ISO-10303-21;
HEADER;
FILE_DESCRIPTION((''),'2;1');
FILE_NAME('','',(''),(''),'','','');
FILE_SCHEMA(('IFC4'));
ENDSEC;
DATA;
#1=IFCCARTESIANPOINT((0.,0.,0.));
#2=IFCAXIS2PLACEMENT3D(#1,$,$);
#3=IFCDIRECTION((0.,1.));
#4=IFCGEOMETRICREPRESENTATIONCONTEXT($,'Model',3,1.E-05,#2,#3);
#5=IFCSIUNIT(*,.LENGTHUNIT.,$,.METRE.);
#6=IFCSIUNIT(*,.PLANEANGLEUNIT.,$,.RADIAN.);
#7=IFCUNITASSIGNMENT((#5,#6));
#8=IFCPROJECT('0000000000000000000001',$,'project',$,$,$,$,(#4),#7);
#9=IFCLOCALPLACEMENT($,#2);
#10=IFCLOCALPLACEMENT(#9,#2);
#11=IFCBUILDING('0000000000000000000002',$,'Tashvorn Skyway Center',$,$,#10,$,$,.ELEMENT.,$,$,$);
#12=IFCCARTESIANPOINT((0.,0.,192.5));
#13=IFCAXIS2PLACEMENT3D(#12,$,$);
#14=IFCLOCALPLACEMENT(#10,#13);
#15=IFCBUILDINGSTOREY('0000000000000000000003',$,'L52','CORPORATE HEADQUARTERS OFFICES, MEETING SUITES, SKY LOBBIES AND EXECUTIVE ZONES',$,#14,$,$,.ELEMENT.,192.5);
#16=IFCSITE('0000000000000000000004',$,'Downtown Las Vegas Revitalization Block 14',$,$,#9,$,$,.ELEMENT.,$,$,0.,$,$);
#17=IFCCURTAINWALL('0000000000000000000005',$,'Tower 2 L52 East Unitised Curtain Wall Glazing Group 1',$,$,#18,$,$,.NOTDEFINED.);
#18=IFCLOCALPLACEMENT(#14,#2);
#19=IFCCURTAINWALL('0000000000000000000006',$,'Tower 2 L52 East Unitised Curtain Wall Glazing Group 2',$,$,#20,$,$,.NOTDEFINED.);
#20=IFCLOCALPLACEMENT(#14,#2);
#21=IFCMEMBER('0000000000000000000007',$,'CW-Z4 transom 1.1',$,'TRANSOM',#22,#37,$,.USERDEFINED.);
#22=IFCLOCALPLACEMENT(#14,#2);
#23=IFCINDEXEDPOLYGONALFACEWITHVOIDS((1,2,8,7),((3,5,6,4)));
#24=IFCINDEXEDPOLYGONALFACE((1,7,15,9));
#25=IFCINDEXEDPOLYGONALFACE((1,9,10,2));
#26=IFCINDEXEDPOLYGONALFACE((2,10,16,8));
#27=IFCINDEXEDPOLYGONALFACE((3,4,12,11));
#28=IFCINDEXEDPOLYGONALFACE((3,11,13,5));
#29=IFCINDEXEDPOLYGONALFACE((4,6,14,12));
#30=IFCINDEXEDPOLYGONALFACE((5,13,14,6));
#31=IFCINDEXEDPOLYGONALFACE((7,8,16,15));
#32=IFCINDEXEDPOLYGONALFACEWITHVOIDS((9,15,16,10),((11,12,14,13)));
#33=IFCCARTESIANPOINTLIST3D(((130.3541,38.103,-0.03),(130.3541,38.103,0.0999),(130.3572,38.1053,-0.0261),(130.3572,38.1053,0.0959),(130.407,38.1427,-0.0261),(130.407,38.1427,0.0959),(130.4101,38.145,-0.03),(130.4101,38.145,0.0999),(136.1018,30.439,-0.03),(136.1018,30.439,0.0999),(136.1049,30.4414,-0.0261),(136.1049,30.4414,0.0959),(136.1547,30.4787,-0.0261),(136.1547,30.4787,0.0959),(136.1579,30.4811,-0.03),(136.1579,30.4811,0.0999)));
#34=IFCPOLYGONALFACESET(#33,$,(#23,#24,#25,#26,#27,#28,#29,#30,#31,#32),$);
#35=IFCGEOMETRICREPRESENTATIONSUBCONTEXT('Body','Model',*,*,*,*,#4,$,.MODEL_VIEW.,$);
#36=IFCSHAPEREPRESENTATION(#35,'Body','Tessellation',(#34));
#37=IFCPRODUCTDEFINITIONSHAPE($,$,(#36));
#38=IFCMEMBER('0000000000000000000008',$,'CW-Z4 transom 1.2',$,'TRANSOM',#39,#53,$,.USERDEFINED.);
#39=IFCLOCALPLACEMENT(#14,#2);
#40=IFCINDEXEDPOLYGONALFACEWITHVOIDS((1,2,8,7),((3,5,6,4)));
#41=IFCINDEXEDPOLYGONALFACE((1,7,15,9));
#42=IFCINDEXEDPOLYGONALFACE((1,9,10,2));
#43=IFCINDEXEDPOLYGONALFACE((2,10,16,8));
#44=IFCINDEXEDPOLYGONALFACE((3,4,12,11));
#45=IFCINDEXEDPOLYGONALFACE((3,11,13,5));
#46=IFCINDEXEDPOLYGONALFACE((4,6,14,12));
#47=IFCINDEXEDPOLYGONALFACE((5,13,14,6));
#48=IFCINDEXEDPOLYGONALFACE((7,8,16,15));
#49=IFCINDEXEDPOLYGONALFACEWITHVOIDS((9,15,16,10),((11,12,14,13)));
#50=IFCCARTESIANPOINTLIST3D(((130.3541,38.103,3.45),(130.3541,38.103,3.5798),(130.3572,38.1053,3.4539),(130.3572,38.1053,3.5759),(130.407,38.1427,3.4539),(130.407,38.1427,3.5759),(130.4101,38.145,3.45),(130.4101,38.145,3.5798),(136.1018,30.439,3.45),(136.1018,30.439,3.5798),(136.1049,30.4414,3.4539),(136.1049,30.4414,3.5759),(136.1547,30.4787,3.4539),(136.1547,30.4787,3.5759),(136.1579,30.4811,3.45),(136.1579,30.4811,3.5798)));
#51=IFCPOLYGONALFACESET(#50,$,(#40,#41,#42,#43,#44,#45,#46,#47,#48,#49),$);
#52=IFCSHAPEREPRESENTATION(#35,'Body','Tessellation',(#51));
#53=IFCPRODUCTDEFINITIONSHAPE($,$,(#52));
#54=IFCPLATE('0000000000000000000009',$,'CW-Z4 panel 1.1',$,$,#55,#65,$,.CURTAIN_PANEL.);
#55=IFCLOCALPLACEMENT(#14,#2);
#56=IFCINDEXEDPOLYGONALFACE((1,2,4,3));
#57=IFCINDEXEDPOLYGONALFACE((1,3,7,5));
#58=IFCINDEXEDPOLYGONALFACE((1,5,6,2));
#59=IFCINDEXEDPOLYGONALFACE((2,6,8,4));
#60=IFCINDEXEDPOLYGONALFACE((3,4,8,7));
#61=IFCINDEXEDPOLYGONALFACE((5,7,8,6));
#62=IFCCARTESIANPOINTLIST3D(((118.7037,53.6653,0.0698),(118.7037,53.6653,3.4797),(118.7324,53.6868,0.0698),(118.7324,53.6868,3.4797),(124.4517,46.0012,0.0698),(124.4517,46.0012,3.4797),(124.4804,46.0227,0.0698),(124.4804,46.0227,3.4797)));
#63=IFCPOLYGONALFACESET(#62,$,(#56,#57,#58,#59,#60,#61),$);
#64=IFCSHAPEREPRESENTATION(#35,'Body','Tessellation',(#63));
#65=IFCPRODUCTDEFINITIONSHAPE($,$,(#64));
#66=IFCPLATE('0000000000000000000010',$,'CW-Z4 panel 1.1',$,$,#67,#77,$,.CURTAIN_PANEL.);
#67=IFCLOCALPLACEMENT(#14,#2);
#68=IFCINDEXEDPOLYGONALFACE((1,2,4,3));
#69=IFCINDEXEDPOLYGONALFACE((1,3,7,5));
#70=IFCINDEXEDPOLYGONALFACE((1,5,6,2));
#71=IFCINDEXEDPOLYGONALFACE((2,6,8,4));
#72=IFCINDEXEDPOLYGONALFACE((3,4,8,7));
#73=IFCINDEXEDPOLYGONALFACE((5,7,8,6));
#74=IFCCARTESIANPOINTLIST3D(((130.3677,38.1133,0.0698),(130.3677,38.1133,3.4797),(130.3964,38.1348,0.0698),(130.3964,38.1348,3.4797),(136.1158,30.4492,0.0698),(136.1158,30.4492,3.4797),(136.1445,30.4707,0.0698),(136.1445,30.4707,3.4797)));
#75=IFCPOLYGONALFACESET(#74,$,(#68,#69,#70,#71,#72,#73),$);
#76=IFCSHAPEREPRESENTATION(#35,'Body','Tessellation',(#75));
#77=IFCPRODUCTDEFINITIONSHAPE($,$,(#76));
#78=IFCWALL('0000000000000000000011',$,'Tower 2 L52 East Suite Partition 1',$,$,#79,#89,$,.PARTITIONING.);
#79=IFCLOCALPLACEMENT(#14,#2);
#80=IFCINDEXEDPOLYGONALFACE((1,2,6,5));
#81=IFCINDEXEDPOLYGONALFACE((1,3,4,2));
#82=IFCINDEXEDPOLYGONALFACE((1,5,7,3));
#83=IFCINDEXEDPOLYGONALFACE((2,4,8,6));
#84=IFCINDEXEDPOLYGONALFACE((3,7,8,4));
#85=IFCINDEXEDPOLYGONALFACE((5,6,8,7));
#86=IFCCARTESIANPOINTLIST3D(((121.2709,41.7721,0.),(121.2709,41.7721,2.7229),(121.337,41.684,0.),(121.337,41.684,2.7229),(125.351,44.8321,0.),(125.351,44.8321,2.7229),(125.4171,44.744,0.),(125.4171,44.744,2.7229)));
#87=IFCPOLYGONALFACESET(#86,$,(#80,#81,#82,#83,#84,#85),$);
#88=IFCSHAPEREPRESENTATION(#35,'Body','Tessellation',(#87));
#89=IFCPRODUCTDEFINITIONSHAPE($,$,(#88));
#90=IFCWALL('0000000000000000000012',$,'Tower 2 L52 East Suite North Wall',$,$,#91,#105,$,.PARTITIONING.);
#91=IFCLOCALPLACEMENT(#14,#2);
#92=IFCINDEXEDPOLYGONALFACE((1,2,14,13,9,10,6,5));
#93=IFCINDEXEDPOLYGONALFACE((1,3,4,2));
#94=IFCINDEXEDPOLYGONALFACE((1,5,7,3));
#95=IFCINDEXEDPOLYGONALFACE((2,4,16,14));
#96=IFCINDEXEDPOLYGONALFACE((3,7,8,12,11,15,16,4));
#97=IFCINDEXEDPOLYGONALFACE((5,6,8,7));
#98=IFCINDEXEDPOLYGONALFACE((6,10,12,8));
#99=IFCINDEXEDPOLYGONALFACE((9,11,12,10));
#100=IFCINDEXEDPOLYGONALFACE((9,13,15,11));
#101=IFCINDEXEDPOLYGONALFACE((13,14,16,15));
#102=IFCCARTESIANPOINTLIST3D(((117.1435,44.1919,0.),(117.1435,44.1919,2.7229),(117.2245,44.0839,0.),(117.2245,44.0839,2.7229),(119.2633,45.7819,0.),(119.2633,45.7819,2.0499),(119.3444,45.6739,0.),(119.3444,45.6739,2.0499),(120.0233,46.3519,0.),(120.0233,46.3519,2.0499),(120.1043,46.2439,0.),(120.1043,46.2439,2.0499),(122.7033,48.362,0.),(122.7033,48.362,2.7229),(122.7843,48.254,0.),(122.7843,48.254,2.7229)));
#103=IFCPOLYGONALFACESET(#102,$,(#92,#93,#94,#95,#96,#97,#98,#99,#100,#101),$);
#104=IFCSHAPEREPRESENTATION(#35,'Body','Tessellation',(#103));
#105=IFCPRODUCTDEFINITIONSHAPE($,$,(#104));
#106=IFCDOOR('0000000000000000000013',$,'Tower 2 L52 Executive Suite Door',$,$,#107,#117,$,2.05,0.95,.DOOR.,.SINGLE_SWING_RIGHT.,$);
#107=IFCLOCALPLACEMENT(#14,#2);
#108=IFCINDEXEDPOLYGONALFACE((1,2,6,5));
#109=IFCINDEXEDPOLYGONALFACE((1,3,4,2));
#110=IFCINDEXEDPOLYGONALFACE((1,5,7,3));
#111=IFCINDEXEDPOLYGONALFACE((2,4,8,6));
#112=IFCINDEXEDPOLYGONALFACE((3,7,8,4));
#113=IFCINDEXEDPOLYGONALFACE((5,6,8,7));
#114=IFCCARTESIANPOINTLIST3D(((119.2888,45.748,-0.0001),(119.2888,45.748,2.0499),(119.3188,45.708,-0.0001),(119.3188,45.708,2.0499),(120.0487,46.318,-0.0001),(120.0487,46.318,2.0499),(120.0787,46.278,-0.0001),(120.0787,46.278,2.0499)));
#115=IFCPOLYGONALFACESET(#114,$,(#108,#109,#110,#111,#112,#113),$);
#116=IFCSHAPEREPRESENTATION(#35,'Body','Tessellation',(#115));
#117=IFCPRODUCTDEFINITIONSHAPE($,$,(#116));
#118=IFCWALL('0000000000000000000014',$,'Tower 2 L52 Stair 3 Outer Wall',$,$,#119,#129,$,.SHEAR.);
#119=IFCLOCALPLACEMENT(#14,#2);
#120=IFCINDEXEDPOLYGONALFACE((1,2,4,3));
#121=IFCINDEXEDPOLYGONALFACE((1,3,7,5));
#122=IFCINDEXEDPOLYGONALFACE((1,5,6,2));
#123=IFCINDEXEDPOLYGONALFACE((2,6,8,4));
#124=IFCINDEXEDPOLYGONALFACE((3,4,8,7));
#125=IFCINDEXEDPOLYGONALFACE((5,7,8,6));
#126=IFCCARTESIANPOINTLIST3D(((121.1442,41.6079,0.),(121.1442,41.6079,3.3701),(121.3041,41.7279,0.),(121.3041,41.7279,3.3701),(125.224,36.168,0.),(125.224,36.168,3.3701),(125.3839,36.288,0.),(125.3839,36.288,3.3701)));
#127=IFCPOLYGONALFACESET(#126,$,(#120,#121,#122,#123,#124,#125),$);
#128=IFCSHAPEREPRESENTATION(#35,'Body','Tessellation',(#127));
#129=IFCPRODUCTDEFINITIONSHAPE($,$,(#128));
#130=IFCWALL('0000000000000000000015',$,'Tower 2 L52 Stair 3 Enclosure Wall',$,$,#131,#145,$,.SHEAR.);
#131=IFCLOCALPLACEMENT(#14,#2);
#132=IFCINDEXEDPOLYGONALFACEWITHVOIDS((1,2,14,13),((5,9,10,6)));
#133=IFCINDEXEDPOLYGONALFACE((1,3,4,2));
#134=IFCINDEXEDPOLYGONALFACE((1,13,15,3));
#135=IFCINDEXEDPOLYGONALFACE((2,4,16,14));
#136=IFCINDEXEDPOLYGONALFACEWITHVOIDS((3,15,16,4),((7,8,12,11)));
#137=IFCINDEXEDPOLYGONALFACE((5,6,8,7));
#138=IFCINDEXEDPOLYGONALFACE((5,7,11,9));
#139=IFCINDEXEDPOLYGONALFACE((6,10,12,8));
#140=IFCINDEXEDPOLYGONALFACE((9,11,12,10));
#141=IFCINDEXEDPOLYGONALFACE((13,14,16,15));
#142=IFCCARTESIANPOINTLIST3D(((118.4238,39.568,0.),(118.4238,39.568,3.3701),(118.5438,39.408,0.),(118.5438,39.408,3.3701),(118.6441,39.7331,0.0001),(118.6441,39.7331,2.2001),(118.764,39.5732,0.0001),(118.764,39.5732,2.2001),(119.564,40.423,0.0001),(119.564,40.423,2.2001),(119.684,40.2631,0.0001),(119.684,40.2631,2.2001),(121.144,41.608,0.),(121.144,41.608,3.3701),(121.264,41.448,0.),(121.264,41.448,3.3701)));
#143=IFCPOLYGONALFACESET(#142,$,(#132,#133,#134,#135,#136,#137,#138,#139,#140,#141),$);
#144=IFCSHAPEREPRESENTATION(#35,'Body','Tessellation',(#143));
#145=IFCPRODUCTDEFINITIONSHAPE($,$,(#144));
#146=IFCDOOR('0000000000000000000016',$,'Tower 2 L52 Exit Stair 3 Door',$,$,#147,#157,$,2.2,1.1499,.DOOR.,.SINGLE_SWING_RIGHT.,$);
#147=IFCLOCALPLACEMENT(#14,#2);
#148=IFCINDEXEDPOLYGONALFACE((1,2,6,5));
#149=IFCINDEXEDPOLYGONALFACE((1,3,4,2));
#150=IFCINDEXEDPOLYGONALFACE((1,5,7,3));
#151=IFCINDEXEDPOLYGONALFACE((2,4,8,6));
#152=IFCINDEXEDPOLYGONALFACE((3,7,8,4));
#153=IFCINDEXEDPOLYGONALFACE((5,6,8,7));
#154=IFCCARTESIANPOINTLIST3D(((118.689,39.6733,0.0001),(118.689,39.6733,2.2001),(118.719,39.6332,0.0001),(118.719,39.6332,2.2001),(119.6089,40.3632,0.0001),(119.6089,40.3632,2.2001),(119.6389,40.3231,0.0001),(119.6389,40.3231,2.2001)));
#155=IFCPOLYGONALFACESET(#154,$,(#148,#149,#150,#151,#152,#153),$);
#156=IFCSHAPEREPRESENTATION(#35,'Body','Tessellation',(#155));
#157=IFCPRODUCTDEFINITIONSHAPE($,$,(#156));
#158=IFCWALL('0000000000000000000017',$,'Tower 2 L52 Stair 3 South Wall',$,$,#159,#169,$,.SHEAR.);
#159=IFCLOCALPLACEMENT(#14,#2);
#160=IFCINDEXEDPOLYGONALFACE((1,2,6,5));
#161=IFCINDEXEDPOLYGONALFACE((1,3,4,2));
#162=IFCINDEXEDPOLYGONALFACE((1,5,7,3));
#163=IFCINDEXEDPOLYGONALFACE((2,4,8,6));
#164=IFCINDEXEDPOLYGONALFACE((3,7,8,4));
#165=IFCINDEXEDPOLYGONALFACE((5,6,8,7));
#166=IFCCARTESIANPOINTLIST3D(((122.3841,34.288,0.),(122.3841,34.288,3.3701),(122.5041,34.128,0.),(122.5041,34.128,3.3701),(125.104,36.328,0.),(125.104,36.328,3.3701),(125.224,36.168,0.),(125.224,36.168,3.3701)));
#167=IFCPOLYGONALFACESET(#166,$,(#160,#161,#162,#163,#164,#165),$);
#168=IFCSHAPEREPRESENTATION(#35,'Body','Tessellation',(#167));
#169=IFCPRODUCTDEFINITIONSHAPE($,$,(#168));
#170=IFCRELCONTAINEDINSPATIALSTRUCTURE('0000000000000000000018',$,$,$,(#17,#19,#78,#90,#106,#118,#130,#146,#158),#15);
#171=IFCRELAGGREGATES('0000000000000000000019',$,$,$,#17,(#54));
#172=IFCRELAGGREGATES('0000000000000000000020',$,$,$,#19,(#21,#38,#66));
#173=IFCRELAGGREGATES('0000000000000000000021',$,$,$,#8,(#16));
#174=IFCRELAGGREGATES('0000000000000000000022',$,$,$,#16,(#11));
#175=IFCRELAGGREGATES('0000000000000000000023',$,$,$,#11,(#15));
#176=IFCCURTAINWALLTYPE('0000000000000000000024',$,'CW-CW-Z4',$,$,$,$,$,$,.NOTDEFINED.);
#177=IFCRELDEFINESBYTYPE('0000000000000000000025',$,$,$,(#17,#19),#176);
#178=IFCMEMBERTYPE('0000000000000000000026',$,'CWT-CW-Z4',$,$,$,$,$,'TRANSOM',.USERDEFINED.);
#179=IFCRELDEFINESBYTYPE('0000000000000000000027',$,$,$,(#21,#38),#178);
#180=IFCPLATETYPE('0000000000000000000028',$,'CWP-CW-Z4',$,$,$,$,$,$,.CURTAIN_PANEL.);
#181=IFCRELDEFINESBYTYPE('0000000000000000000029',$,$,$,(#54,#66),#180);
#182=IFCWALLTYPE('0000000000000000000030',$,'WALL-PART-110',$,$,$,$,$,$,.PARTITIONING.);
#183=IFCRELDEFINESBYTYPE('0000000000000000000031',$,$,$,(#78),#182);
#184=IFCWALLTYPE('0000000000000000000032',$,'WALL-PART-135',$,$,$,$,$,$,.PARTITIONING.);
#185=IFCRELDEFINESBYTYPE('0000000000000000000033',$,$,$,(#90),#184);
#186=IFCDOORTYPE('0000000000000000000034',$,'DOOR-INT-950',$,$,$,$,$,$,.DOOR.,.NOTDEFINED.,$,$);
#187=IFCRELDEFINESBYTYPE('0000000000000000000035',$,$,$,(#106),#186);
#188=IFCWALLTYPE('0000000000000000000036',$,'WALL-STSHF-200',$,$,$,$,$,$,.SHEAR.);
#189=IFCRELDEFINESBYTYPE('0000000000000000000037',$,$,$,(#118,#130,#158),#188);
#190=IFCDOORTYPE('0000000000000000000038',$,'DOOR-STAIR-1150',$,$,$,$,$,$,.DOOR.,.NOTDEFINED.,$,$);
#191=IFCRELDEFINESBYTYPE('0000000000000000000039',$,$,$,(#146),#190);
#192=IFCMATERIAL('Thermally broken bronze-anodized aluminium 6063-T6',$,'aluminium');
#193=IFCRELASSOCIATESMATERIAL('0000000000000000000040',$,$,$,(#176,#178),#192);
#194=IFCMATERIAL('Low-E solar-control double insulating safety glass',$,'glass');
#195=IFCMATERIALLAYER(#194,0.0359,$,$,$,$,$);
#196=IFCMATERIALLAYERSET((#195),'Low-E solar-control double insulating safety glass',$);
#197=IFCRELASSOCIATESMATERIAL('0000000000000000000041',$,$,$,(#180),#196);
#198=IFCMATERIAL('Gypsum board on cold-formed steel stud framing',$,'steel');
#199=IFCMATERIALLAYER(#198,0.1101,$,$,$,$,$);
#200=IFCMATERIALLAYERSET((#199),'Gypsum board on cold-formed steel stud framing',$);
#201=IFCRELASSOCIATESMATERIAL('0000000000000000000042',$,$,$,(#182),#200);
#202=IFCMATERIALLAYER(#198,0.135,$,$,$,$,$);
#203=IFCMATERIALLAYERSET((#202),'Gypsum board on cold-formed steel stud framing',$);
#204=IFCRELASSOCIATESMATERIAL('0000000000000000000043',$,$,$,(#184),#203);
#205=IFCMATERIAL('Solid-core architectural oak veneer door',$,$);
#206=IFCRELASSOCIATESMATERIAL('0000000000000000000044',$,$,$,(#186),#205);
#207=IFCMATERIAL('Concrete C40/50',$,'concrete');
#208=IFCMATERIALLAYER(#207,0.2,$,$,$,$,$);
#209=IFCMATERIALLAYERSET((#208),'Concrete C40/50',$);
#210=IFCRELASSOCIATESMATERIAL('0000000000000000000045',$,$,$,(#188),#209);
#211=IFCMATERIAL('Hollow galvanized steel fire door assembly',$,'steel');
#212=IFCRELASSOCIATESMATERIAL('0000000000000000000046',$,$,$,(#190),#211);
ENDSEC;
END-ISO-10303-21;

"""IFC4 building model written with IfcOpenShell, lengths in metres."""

from ifc_helpers import new_model, si_unit, direction, frame, frame_2d, origin, origin_2d, place, context, subcontext, project, spatial, rectangle, hollow_rectangle, extrude, material, layer, layer_set, material_profile, profile_set, type_object, element, fill, aggregate, save


model = new_model("IFC4")

# Units and contexts
model_context = context("Model", 3, precision=1e-05, world=origin(), true_north=direction((0.0, 1.0)))
body_context = subcontext(model_context, "Body", "Model", "MODEL_VIEW")
ifc_project = project(units=[si_unit("LENGTHUNIT", "METRE"), si_unit("PLANEANGLEUNIT", "RADIAN")], contexts=[model_context])

# Site, building, storey
site_placement = place(None, origin())
site = spatial("IfcSite", under=ifc_project, at=site_placement, Name="Downtown Las Vegas Revitalization Block 14", CompositionType="ELEMENT", RefElevation=0.0)
building_placement = place(site_placement, origin())
building = spatial("IfcBuilding", under=site, at=building_placement, Name="Tashvorn Skyway Center", CompositionType="ELEMENT")
storey_placement = place(building_placement, frame((0.0, 0.0, 192.5)))
storey = spatial("IfcBuildingStorey", under=building, at=storey_placement, Name="L52", Description="CORPORATE HEADQUARTERS OFFICES, MEETING SUITES, SKY LOBBIES AND EXECUTIVE ZONES", CompositionType="ELEMENT", Elevation=192.5)

# Curtain wall
ifc_material_1 = material(Name="Thermally broken bronze-anodized aluminium 6063-T6", Category="aluminium")
curtain_wall_type = type_object("IfcCurtainWallType", Name="CW-CW-Z4", PredefinedType="NOTDEFINED", material=ifc_material_1)
curtain_wall_1_placement = place(storey_placement, origin())
curtain_wall_1 = element("IfcCurtainWall", 1, at=curtain_wall_1_placement, inside=storey, type_object=curtain_wall_type, Name="Tower 2 L52 East Unitised Curtain Wall Glazing Group 1", PredefinedType="NOTDEFINED")

# Curtain wall, members
curtain_wall_2_placement = place(storey_placement, origin())
curtain_wall_2 = element("IfcCurtainWall", 2, at=curtain_wall_2_placement, inside=storey, type_object=curtain_wall_type, Name="Tower 2 L52 East Unitised Curtain Wall Glazing Group 2", PredefinedType="NOTDEFINED")
ifc_material_profile_1 = material_profile(ifc_material_1, hollow_rectangle(XDim=0.0701, YDim=0.1299, WallThickness=0.0039, at=origin_2d()), Name="ALU-TRAN-70x130")
ifc_profile_set_1 = profile_set([ifc_material_profile_1], Name="Thermally broken bronze-anodized aluminium 6063-T6")
member_type_1 = type_object("IfcMemberType", Name="CWT-CW-Z4", ElementType="TRANSOM", PredefinedType="USERDEFINED", material=ifc_profile_set_1)
member_1_placement = place(storey_placement, frame((130.3821, 38.124, 0.0349), z_axis=(0.599984, -0.800012, 0.0), x_axis=(0.800012, 0.599984, 0.0)))
member_1 = element("IfcMember", 3, at=member_1_placement, type_object=member_type_1, Name="CW-Z4 transom 1.1", ObjectType="TRANSOM", PredefinedType="USERDEFINED", context=body_context, shape_type="SweptSolid", body=[
    extrude(hollow_rectangle(XDim=0.0701, YDim=0.1299, WallThickness=0.0039, at=origin_2d()), origin(), (0.0, 0.0, 1.0), 9.5798),
])
member_2_placement = place(storey_placement, frame((130.3821, 38.124, 3.5149), z_axis=(0.599984, -0.800012, 0.0), x_axis=(0.800012, 0.599984, 0.0)))
member_2 = element("IfcMember", 4, at=member_2_placement, type_object=member_type_1, Name="CW-Z4 transom 1.2", ObjectType="TRANSOM", PredefinedType="USERDEFINED", context=body_context, shape_type="SweptSolid", body=[
    extrude(hollow_rectangle(XDim=0.0701, YDim=0.1299, WallThickness=0.0039, at=origin_2d()), origin(), (0.0, 0.0, 1.0), 9.5798),
])

# Plates
ifc_material_2 = material(Name="Low-E solar-control double insulating safety glass", Category="glass")
ifc_layer_1 = layer(ifc_material_2, 0.0359)
ifc_layer_set_1 = layer_set([ifc_layer_1], Name="Low-E solar-control double insulating safety glass")
plate_type = type_object("IfcPlateType", Name="CWP-CW-Z4", PredefinedType="CURTAIN_PANEL", material=ifc_layer_set_1)
plate_1_placement = place(storey_placement, frame((121.592, 49.844, 0.0698), z_axis=(0.0, 0.0, 1.0), x_axis=(0.6, -0.8, 0.0)))
plate_1 = element("IfcPlate", 5, at=plate_1_placement, type_object=plate_type, Name="CW-Z4 panel 1.1", PredefinedType="CURTAIN_PANEL", context=body_context, shape_type="SweptSolid", body=[
    extrude(rectangle(XDim=9.5801, YDim=0.0359, at=origin_2d()), origin(), (0.0, 0.0, 1.0), 3.4099),
])
aggregate(curtain_wall_1, [plate_1])
plate_2_placement = place(storey_placement, frame((133.2561, 34.292, 0.0698), z_axis=(0.0, 0.0, 1.0), x_axis=(0.6, -0.8, 0.0)))
plate_2 = element("IfcPlate", 6, at=plate_2_placement, type_object=plate_type, Name="CW-Z4 panel 1.1", PredefinedType="CURTAIN_PANEL", context=body_context, shape_type="SweptSolid", body=[
    extrude(rectangle(XDim=9.5801, YDim=0.0359, at=origin_2d()), origin(), (0.0, 0.0, 1.0), 3.4099),
])
aggregate(curtain_wall_2, [member_1, member_2, plate_2])

# Wall
ifc_material_3 = material(Name="Gypsum board on cold-formed steel stud framing", Category="steel")
ifc_layer_2 = layer(ifc_material_3, 0.1101)
ifc_layer_set_2 = layer_set([ifc_layer_2], Name="Gypsum board on cold-formed steel stud framing")
wall_type_1 = type_object("IfcWallType", Name="WALL-PART-110", PredefinedType="PARTITIONING", material=ifc_layer_set_2)
wall_1_placement = place(storey_placement, frame((125.384, 44.7881, 0.0), z_axis=(0.0, 0.0, 1.0), x_axis=(-0.8, -0.6, 0.0)))
element("IfcWall", 7, at=wall_1_placement, inside=storey, type_object=wall_type_1, Name="Tower 2 L52 East Suite Partition 1", PredefinedType="PARTITIONING", context=body_context, shape_type="SweptSolid", body=[
    extrude(rectangle(XDim=5.1001, YDim=0.1101, at=frame_2d((2.55, 0.0))), origin(), (0.0, 0.0, 1.0), 2.7229),
])

# Wall, opening, door
ifc_layer_3 = layer(ifc_material_3, 0.135)
ifc_layer_set_3 = layer_set([ifc_layer_3], Name="Gypsum board on cold-formed steel stud framing")
wall_type_2 = type_object("IfcWallType", Name="WALL-PART-135", PredefinedType="PARTITIONING", material=ifc_layer_set_3)
wall_2_placement = place(storey_placement, frame((122.7439, 48.3081, 0.0), z_axis=(0.0, 0.0, 1.0), x_axis=(-0.799979, -0.600028, 0.0)))
wall_2 = element("IfcWall", 8, at=wall_2_placement, inside=storey, type_object=wall_type_2, Name="Tower 2 L52 East Suite North Wall", PredefinedType="PARTITIONING", context=body_context, shape_type="SweptSolid", body=[
    extrude(rectangle(XDim=6.95, YDim=0.135, at=frame_2d((3.4751, 0.0))), origin(), (0.0, 0.0, 1.0), 2.7229),
])
opening_1_placement = place(wall_2_placement, frame((3.3501, 0.0, 0.0)))
opening_1 = element("IfcOpeningElement", 9, at=opening_1_placement, cuts=wall_2, PredefinedType="OPENING", context=body_context, shape_type="SweptSolid", body=[
    extrude(rectangle(XDim=0.95, YDim=2.05, at=frame_2d((0.4751, 1.0249))), frame((0.0, 0.0774, 0.0), z_axis=(0.0, -1.0, 0.0), x_axis=(1.0, 0.0, 0.0)), (0.0, 0.0, 1.0), 0.155),
])
ifc_material_4 = material(Name="Solid-core architectural oak veneer door")
door_type_1 = type_object("IfcDoorType", Name="DOOR-INT-950", OperationType="NOTDEFINED", PredefinedType="DOOR", material=ifc_material_4)
door_1_placement = place(opening_1_placement, origin())
door_1 = element("IfcDoor", 10, at=door_1_placement, inside=storey, type_object=door_type_1, Name="Tower 2 L52 Executive Suite Door", OperationType="SINGLE_SWING_RIGHT", OverallHeight=2.05, OverallWidth=0.95, PredefinedType="DOOR", context=body_context, shape_type="SweptSolid", body=[
    extrude(rectangle(XDim=0.95, YDim=2.05, at=frame_2d((0.4751, 1.0249))), frame((0.0, 0.0249, 0.0), z_axis=(0.0, -1.0, 0.0), x_axis=(1.0, 0.0, 0.0)), (0.0, 0.0, 1.0), 0.05),
])
fill(opening_1, door_1)

# Wall
ifc_material_5 = material(Name="Concrete C40/50", Category="concrete")
ifc_layer_4 = layer(ifc_material_5, 0.2)
ifc_layer_set_4 = layer_set([ifc_layer_4], Name="Concrete C40/50")
wall_type_3 = type_object("IfcWallType", Name="WALL-STSHF-200", PredefinedType="SHEAR", material=ifc_layer_set_4)
wall_3_placement = place(storey_placement, frame((125.304, 36.228, 0.0), z_axis=(0.0, 0.0, 1.0), x_axis=(-0.599989, 0.800009, 0.0)))
element("IfcWall", 11, at=wall_3_placement, inside=storey, type_object=wall_type_3, Name="Tower 2 L52 Stair 3 Outer Wall", PredefinedType="SHEAR", context=body_context, shape_type="SweptSolid", body=[
    extrude(rectangle(XDim=6.7998, YDim=0.2, at=frame_2d((3.3999, 0.0))), origin(), (0.0, 0.0, 1.0), 3.3701),
])

# Wall, opening, door
wall_4_placement = place(storey_placement, frame((121.2041, 41.5281, 0.0), z_axis=(0.0, 0.0, 1.0), x_axis=(-0.800017, -0.599977, 0.0)))
wall_4 = element("IfcWall", 12, at=wall_4_placement, inside=storey, type_object=wall_type_3, Name="Tower 2 L52 Stair 3 Enclosure Wall", PredefinedType="SHEAR", context=body_context, shape_type="SweptSolid", body=[
    extrude(rectangle(XDim=3.4001, YDim=0.2, at=frame_2d((1.7002, 0.0))), origin(), (0.0, 0.0, 1.0), 3.3701),
])
opening_2_placement = place(wall_4_placement, frame((1.9751, 0.0, 0.0)))
opening_2 = element("IfcOpeningElement", 13, at=opening_2_placement, cuts=wall_4, PredefinedType="OPENING", context=body_context, shape_type="SweptSolid", body=[
    extrude(rectangle(XDim=1.1499, YDim=2.2, at=frame_2d((0.575, 1.1001))), frame((0.0, 0.1099, 0.0), z_axis=(0.0, -1.0, 0.0), x_axis=(1.0, 0.0, 0.0)), (0.0, 0.0, 1.0), 0.22),
])
ifc_material_6 = material(Name="Hollow galvanized steel fire door assembly", Category="steel")
door_type_2 = type_object("IfcDoorType", Name="DOOR-STAIR-1150", OperationType="NOTDEFINED", PredefinedType="DOOR", material=ifc_material_6)
door_2_placement = place(opening_2_placement, origin())
door_2 = element("IfcDoor", 14, at=door_2_placement, inside=storey, type_object=door_type_2, Name="Tower 2 L52 Exit Stair 3 Door", OperationType="SINGLE_SWING_RIGHT", OverallHeight=2.2, OverallWidth=1.1499, PredefinedType="DOOR", context=body_context, shape_type="SweptSolid", body=[
    extrude(rectangle(XDim=1.1499, YDim=2.2, at=frame_2d((0.575, 1.1001))), frame((0.0, 0.0249, 0.0), z_axis=(0.0, -1.0, 0.0), x_axis=(1.0, 0.0, 0.0)), (0.0, 0.0, 1.0), 0.05),
])
fill(opening_2, door_2)

# Wall
wall_5_placement = place(storey_placement, frame((122.4441, 34.208, 0.0), z_axis=(0.0, 0.0, 1.0), x_axis=(0.799991, 0.600011, 0.0)))
element("IfcWall", 15, at=wall_5_placement, inside=storey, type_object=wall_type_3, Name="Tower 2 L52 Stair 3 South Wall", PredefinedType="SHEAR", context=body_context, shape_type="SweptSolid", body=[
    extrude(rectangle(XDim=3.3999, YDim=0.2, at=frame_2d((1.7, 0.0))), origin(), (0.0, 0.0, 1.0), 3.3701),
])

save(model, "model.ifc")
